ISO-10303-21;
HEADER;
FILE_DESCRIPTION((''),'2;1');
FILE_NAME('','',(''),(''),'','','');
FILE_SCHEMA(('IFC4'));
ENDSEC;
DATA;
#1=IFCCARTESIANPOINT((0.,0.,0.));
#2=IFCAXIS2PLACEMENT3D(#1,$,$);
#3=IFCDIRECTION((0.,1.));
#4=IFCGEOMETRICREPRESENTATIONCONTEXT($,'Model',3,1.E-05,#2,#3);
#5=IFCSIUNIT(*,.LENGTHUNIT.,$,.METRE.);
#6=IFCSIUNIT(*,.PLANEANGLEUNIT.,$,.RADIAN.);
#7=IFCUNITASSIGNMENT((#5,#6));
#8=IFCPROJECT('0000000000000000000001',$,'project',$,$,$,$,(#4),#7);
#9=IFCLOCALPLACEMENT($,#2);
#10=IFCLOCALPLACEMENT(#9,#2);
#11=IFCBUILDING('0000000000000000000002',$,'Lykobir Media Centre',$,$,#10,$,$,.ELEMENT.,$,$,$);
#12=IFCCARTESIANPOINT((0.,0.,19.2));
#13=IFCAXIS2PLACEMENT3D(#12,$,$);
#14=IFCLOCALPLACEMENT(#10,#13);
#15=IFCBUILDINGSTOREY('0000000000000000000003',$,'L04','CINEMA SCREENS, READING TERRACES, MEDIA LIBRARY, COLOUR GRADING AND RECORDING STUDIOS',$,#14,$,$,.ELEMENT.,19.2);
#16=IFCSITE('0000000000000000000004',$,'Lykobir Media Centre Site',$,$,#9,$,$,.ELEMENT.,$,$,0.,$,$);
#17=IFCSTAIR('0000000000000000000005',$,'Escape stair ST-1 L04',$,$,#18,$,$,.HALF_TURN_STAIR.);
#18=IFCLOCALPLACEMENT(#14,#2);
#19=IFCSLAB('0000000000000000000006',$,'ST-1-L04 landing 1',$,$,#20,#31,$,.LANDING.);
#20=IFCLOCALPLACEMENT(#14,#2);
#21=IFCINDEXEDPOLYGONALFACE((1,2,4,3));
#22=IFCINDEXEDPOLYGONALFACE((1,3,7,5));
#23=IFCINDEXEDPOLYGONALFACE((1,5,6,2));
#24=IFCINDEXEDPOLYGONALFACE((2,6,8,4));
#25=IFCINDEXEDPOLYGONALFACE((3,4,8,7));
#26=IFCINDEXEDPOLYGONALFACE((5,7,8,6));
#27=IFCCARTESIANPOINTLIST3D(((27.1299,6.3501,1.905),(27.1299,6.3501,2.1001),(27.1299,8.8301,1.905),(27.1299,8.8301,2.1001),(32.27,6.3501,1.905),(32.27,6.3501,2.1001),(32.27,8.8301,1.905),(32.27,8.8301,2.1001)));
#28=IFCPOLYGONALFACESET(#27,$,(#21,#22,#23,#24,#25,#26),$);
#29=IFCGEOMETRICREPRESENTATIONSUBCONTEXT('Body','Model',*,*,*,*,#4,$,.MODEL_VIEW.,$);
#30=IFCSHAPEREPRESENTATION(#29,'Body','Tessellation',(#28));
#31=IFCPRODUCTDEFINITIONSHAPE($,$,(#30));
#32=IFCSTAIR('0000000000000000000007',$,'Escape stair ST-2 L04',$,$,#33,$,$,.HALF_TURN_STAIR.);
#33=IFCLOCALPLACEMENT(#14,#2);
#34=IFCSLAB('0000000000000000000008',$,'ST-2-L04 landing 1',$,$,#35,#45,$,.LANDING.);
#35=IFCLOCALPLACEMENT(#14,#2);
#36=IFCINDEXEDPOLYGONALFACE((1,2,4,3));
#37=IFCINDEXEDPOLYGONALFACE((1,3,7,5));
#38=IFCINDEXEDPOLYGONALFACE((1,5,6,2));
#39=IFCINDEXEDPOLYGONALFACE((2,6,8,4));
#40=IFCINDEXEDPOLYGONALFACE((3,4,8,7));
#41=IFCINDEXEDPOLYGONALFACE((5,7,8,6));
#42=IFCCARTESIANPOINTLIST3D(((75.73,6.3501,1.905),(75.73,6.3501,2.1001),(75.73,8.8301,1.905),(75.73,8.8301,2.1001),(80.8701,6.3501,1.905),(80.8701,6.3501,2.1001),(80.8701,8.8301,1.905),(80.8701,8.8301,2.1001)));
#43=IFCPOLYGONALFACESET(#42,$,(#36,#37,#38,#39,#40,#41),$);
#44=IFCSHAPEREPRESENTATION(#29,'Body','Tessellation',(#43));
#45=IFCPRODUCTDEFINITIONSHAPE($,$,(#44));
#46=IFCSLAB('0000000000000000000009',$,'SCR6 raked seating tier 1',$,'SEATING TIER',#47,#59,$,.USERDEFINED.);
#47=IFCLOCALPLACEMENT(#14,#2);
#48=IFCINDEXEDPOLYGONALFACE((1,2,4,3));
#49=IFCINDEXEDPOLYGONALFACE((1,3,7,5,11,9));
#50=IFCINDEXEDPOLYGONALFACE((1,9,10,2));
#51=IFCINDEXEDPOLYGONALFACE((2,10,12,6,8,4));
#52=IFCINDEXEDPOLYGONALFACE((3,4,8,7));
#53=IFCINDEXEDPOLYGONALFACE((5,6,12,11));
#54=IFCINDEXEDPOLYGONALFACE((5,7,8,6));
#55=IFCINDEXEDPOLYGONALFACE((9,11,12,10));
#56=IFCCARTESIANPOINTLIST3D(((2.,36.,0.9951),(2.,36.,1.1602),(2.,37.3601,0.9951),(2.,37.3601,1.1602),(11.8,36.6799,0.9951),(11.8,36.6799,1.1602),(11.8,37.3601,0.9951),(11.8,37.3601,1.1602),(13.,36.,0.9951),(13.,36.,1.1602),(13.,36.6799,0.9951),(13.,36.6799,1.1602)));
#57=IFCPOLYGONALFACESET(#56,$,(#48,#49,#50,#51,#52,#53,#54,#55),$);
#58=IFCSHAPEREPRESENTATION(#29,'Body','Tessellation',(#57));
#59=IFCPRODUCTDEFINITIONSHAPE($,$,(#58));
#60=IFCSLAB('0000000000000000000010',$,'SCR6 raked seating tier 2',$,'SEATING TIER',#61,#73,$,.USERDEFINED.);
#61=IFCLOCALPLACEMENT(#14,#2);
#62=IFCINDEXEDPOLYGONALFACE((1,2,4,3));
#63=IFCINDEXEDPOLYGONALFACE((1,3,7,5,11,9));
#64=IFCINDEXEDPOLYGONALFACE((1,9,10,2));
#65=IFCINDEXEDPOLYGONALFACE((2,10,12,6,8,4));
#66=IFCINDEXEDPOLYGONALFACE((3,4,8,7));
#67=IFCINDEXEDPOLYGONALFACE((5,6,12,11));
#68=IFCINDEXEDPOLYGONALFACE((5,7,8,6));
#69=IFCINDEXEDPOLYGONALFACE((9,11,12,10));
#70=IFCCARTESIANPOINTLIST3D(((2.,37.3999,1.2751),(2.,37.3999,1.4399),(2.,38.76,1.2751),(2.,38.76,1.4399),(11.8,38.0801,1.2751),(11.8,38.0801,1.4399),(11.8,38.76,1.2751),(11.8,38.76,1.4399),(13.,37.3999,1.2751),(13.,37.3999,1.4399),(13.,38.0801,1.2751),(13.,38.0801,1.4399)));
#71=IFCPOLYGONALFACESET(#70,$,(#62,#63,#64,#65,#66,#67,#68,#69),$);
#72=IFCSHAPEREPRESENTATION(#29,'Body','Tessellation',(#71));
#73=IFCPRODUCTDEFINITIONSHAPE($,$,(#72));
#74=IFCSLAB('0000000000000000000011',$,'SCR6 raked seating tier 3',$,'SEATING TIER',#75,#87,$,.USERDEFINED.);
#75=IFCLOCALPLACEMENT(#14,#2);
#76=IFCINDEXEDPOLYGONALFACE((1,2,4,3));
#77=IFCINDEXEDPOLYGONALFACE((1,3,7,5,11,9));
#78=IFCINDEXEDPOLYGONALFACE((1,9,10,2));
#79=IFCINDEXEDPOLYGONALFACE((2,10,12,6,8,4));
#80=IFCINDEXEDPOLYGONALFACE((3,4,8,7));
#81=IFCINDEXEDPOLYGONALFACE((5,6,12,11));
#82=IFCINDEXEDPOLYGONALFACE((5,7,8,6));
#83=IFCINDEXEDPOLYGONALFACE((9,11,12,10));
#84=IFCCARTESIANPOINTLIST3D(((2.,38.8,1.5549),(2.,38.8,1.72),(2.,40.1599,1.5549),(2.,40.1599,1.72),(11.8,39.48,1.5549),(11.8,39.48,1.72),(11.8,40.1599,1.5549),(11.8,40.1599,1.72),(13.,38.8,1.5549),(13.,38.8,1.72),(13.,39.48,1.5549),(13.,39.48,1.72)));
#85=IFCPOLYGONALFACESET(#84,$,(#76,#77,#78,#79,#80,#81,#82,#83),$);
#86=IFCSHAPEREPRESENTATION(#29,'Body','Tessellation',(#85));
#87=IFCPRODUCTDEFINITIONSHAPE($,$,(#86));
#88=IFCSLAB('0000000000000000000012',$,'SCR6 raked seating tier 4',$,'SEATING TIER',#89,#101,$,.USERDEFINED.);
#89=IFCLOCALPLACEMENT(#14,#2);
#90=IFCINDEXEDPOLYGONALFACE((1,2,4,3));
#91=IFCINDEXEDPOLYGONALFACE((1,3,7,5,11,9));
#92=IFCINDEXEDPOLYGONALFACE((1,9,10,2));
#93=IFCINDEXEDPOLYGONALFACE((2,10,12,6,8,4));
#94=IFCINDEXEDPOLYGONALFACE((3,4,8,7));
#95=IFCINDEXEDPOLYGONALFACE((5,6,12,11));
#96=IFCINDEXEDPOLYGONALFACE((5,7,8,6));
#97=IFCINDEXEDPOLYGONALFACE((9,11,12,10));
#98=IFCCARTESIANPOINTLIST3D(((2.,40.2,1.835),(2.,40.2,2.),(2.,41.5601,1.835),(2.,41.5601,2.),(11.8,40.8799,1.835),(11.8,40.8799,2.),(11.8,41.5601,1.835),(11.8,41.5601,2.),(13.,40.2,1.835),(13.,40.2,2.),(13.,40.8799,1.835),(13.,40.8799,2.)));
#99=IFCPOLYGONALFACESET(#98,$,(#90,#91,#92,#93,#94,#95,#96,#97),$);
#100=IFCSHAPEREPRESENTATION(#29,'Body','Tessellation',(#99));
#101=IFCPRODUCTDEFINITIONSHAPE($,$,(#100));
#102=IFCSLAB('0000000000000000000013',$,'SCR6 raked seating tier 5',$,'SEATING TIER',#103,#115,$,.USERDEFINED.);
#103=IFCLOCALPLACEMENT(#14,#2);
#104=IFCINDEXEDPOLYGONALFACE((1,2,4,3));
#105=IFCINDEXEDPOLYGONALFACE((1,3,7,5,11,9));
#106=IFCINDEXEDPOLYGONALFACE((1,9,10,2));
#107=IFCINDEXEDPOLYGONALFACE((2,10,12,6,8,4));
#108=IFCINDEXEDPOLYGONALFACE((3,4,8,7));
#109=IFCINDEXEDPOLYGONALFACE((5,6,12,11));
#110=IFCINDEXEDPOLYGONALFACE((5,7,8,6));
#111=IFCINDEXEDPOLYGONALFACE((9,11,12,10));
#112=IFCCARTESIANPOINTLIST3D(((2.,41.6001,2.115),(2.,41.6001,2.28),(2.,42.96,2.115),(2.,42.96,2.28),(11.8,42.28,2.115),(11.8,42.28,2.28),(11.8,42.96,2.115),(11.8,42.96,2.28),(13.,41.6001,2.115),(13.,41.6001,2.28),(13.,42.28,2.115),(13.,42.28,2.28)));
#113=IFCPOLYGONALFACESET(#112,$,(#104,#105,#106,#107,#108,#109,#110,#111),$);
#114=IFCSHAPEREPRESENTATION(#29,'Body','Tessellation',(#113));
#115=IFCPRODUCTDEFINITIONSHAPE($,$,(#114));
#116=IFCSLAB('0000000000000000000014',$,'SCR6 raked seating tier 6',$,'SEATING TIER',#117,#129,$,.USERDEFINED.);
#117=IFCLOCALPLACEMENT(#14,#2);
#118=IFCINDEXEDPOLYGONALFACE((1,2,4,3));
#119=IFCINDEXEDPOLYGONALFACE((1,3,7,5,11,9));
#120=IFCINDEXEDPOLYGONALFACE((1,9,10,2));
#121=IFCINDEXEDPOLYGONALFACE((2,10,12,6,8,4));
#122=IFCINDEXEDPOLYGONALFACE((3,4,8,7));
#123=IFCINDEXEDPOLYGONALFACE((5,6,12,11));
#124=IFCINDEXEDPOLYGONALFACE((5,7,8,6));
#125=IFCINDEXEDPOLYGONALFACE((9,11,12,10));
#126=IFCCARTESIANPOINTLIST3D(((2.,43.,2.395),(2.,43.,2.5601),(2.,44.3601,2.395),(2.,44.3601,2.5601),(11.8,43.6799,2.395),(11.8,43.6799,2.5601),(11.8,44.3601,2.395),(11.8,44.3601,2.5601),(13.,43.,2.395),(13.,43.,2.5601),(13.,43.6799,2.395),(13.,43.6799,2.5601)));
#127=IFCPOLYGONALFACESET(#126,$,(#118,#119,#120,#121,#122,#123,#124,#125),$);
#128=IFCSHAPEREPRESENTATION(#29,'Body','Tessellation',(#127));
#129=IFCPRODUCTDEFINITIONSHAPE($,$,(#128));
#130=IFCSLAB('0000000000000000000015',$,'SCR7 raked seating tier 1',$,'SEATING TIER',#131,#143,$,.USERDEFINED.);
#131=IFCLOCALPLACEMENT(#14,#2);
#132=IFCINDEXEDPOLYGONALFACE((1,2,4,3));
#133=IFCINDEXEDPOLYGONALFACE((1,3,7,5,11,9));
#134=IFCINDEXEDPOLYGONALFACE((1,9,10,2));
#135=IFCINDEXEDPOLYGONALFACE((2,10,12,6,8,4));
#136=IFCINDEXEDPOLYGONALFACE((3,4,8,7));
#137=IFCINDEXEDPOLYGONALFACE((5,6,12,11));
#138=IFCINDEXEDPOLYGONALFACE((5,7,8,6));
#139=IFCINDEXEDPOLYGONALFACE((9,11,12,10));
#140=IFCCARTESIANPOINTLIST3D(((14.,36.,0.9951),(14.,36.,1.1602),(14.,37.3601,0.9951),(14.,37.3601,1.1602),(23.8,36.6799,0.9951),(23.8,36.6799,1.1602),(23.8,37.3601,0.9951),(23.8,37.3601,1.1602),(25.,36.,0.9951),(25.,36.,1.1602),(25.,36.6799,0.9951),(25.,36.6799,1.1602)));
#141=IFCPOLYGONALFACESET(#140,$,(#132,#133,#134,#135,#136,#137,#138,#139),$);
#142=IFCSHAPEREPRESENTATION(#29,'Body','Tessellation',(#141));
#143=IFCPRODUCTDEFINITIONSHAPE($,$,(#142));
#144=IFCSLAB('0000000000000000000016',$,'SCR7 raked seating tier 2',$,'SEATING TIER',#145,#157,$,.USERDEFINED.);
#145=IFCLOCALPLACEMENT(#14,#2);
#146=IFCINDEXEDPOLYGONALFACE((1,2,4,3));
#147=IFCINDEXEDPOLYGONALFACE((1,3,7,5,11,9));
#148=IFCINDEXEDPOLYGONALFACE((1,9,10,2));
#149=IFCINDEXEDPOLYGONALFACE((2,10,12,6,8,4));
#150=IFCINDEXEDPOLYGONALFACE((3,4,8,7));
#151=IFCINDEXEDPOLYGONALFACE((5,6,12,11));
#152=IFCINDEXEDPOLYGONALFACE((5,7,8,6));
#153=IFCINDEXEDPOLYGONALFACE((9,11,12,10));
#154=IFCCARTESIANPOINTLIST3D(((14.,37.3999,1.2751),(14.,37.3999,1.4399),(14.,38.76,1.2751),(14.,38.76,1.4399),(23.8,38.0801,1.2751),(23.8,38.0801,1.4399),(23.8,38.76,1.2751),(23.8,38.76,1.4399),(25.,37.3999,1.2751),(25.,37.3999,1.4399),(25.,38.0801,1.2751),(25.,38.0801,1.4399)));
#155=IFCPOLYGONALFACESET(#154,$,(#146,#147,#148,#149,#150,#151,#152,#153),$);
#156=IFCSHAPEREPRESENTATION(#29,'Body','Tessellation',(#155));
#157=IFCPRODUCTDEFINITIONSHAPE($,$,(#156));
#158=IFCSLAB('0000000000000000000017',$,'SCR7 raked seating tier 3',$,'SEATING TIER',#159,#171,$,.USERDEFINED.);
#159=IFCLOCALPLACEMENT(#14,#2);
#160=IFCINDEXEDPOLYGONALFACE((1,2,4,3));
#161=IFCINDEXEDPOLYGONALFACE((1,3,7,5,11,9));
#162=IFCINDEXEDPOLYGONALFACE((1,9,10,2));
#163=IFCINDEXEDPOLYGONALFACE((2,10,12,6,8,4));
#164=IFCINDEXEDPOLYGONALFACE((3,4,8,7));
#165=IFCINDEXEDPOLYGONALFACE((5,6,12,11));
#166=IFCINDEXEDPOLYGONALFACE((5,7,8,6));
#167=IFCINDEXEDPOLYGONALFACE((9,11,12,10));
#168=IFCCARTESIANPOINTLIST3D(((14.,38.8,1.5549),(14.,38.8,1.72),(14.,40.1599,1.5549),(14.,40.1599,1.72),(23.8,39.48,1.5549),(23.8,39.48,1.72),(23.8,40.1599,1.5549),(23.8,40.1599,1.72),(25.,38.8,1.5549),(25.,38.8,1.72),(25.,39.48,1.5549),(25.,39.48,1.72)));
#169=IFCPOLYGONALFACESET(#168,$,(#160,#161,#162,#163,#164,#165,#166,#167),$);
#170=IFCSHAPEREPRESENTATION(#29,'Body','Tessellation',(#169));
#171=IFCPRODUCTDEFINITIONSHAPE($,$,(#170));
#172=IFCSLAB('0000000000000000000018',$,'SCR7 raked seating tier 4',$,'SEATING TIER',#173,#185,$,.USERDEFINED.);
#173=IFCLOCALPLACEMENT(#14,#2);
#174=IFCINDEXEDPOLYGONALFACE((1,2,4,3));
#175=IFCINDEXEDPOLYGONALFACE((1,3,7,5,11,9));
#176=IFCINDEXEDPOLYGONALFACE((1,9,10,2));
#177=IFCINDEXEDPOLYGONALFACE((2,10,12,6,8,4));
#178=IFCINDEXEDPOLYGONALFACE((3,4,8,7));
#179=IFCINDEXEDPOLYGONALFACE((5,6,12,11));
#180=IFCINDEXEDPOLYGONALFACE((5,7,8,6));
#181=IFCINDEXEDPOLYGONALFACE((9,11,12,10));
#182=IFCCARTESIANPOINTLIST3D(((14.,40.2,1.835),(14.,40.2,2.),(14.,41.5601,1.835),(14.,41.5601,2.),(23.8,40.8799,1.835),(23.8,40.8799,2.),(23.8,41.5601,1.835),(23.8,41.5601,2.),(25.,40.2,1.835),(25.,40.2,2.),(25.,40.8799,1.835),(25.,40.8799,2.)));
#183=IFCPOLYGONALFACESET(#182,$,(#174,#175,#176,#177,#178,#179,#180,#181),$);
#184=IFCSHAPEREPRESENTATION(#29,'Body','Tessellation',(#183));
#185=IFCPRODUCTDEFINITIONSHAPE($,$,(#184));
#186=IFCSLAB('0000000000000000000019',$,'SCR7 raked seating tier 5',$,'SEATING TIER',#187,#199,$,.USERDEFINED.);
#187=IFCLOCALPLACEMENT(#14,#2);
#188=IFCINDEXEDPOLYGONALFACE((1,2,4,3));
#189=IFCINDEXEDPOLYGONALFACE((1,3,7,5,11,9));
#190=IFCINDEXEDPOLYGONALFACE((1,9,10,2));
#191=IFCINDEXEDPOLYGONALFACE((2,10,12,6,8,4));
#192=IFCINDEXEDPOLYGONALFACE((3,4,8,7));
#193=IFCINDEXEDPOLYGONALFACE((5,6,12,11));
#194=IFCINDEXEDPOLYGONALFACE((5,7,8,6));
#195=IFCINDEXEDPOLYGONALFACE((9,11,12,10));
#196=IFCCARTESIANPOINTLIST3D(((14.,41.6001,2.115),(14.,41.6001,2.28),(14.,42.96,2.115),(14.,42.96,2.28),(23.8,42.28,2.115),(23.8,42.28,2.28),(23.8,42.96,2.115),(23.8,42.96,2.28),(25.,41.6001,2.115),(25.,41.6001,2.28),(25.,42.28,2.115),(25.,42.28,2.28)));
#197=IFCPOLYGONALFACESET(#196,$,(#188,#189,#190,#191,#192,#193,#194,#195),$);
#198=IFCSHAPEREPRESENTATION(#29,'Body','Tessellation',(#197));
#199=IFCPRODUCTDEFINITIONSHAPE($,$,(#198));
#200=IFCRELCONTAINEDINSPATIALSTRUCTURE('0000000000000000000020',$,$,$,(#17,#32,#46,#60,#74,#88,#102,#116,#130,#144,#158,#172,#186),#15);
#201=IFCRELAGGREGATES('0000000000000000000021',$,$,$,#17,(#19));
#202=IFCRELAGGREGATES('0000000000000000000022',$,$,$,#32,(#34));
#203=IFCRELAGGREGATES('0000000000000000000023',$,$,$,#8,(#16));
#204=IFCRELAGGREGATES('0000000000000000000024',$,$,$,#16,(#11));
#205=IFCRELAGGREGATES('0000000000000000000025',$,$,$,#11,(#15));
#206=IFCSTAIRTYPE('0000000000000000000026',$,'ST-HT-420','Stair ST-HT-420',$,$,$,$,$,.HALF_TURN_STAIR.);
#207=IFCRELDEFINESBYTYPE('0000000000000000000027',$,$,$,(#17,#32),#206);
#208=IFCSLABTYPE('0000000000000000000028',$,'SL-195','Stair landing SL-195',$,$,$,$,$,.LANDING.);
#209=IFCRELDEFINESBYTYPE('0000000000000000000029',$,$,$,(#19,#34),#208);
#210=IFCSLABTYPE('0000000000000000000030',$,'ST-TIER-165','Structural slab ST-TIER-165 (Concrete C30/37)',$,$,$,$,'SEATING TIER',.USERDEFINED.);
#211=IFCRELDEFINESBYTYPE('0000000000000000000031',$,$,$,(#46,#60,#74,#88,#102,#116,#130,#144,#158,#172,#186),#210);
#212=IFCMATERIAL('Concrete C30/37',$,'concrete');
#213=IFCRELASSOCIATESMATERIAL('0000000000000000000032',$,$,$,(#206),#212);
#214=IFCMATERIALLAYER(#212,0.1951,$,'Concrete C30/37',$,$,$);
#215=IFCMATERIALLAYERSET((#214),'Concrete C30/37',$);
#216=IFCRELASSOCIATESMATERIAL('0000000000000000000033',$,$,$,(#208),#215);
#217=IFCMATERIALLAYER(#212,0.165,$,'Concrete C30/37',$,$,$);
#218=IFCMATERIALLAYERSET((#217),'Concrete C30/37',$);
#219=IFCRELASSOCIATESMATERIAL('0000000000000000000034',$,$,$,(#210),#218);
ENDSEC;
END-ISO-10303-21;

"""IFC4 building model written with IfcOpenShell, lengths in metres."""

from ifc_helpers import new_model, si_unit, direction, frame, origin, place, context, subcontext, project, spatial, polyline, outline, extrude, material, layer, layer_set, type_object, element, aggregate, save


model = new_model("IFC4")

# Units and contexts
model_context = context("Model", 3, precision=1e-05, world=origin(), true_north=direction((0.0, 1.0)))
body_context = subcontext(model_context, "Body", "Model", "MODEL_VIEW")
ifc_project = project(units=[si_unit("LENGTHUNIT", "METRE"), si_unit("PLANEANGLEUNIT", "RADIAN")], contexts=[model_context])

# Site, building, storey
site_placement = place(None, origin())
site = spatial("IfcSite", under=ifc_project, at=site_placement, Name="Lykobir Media Centre Site", CompositionType="ELEMENT", RefElevation=0.0)
building_placement = place(site_placement, origin())
building = spatial("IfcBuilding", under=site, at=building_placement, Name="Lykobir Media Centre", CompositionType="ELEMENT")
storey_placement = place(building_placement, frame((0.0, 0.0, 19.2)))
storey = spatial("IfcBuildingStorey", under=building, at=storey_placement, Name="L04", Description="CINEMA SCREENS, READING TERRACES, MEDIA LIBRARY, COLOUR GRADING AND RECORDING STUDIOS", CompositionType="ELEMENT", Elevation=19.2)

# Shared definitions
ifc_material = material(Name="Concrete C30/37", Category="concrete")

# Stairs, slabs
stair_type = type_object("IfcStairType", Name="ST-HT-420", Description="Stair ST-HT-420", PredefinedType="HALF_TURN_STAIR", material=ifc_material)
stair_1_placement = place(storey_placement, origin())
stair_1 = element("IfcStair", 1, at=stair_1_placement, inside=storey, type_object=stair_type, Name="Escape stair ST-1 L04", PredefinedType="HALF_TURN_STAIR")
ifc_layer_1 = layer(ifc_material, 0.1951, Name="Concrete C30/37")
ifc_layer_set_1 = layer_set([ifc_layer_1], Name="Concrete C30/37")
slab_type_1 = type_object("IfcSlabType", Name="SL-195", Description="Stair landing SL-195", PredefinedType="LANDING", material=ifc_layer_set_1)
slab_1_placement = place(storey_placement, frame((0.0, 0.0, 1.905)))
slab_1 = element("IfcSlab", 2, at=slab_1_placement, type_object=slab_type_1, Name="ST-1-L04 landing 1", PredefinedType="LANDING", context=body_context, shape_type="SweptSolid", body=[
    extrude(outline(polyline([(27.1299, 6.3501), (32.27, 6.3501), (32.27, 8.8301), (27.1299, 8.8301), (27.1299, 6.3501)])), origin(), (0.0, 0.0, 1.0), 0.1951),
])
aggregate(stair_1, [slab_1])
stair_2_placement = place(storey_placement, origin())
stair_2 = element("IfcStair", 3, at=stair_2_placement, inside=storey, type_object=stair_type, Name="Escape stair ST-2 L04", PredefinedType="HALF_TURN_STAIR")
slab_2_placement = place(storey_placement, frame((0.0, 0.0, 1.905)))
slab_2 = element("IfcSlab", 4, at=slab_2_placement, type_object=slab_type_1, Name="ST-2-L04 landing 1", PredefinedType="LANDING", context=body_context, shape_type="SweptSolid", body=[
    extrude(outline(polyline([(75.73, 6.3501), (80.8701, 6.3501), (80.8701, 8.8301), (75.73, 8.8301), (75.73, 6.3501)])), origin(), (0.0, 0.0, 1.0), 0.1951),
])
aggregate(stair_2, [slab_2])

# Slabs
ifc_layer_2 = layer(ifc_material, 0.165, Name="Concrete C30/37")
ifc_layer_set_2 = layer_set([ifc_layer_2], Name="Concrete C30/37")
slab_type_2 = type_object("IfcSlabType", Name="ST-TIER-165", Description="Structural slab ST-TIER-165 (Concrete C30/37)", ElementType="SEATING TIER", PredefinedType="USERDEFINED", material=ifc_layer_set_2)
slab_3_placement = place(storey_placement, frame((0.0, 0.0, 0.9951)))
element("IfcSlab", 5, at=slab_3_placement, inside=storey, type_object=slab_type_2, Name="SCR6 raked seating tier 1", ObjectType="SEATING TIER", PredefinedType="USERDEFINED", context=body_context, shape_type="SweptSolid", body=[
    extrude(outline(polyline([(2.0, 36.0), (13.0, 36.0), (13.0, 36.6799), (11.8, 36.6799), (11.8, 37.3601), (2.0, 37.3601), (2.0, 36.0)])), origin(), (0.0, 0.0, 1.0), 0.165),
])
slab_4_placement = place(storey_placement, frame((0.0, 0.0, 1.2751)))
element("IfcSlab", 6, at=slab_4_placement, inside=storey, type_object=slab_type_2, Name="SCR6 raked seating tier 2", ObjectType="SEATING TIER", PredefinedType="USERDEFINED", context=body_context, shape_type="SweptSolid", body=[
    extrude(outline(polyline([(2.0, 37.3999), (13.0, 37.3999), (13.0, 38.0801), (11.8, 38.0801), (11.8, 38.76), (2.0, 38.76), (2.0, 37.3999)])), origin(), (0.0, 0.0, 1.0), 0.1648),
])
slab_5_placement = place(storey_placement, frame((0.0, 0.0, 1.5549)))
element("IfcSlab", 7, at=slab_5_placement, inside=storey, type_object=slab_type_2, Name="SCR6 raked seating tier 3", ObjectType="SEATING TIER", PredefinedType="USERDEFINED", context=body_context, shape_type="SweptSolid", body=[
    extrude(outline(polyline([(2.0, 38.8), (13.0, 38.8), (13.0, 39.48), (11.8, 39.48), (11.8, 40.1599), (2.0, 40.1599), (2.0, 38.8)])), origin(), (0.0, 0.0, 1.0), 0.165),
])
slab_6_placement = place(storey_placement, frame((0.0, 0.0, 1.835)))
element("IfcSlab", 8, at=slab_6_placement, inside=storey, type_object=slab_type_2, Name="SCR6 raked seating tier 4", ObjectType="SEATING TIER", PredefinedType="USERDEFINED", context=body_context, shape_type="SweptSolid", body=[
    extrude(outline(polyline([(2.0, 40.2), (13.0, 40.2), (13.0, 40.8799), (11.8, 40.8799), (11.8, 41.5601), (2.0, 41.5601), (2.0, 40.2)])), origin(), (0.0, 0.0, 1.0), 0.165),
])
slab_7_placement = place(storey_placement, frame((0.0, 0.0, 2.115)))
element("IfcSlab", 9, at=slab_7_placement, inside=storey, type_object=slab_type_2, Name="SCR6 raked seating tier 5", ObjectType="SEATING TIER", PredefinedType="USERDEFINED", context=body_context, shape_type="SweptSolid", body=[
    extrude(outline(polyline([(2.0, 41.6001), (13.0, 41.6001), (13.0, 42.28), (11.8, 42.28), (11.8, 42.96), (2.0, 42.96), (2.0, 41.6001)])), origin(), (0.0, 0.0, 1.0), 0.165),
])
slab_8_placement = place(storey_placement, frame((0.0, 0.0, 2.395)))
element("IfcSlab", 10, at=slab_8_placement, inside=storey, type_object=slab_type_2, Name="SCR6 raked seating tier 6", ObjectType="SEATING TIER", PredefinedType="USERDEFINED", context=body_context, shape_type="SweptSolid", body=[
    extrude(outline(polyline([(2.0, 43.0), (13.0, 43.0), (13.0, 43.6799), (11.8, 43.6799), (11.8, 44.3601), (2.0, 44.3601), (2.0, 43.0)])), origin(), (0.0, 0.0, 1.0), 0.165),
])
slab_9_placement = place(storey_placement, frame((0.0, 0.0, 0.9951)))
element("IfcSlab", 11, at=slab_9_placement, inside=storey, type_object=slab_type_2, Name="SCR7 raked seating tier 1", ObjectType="SEATING TIER", PredefinedType="USERDEFINED", context=body_context, shape_type="SweptSolid", body=[
    extrude(outline(polyline([(14.0, 36.0), (25.0, 36.0), (25.0, 36.6799), (23.8, 36.6799), (23.8, 37.3601), (14.0, 37.3601), (14.0, 36.0)])), origin(), (0.0, 0.0, 1.0), 0.165),
])
slab_10_placement = place(storey_placement, frame((0.0, 0.0, 1.2751)))
element("IfcSlab", 12, at=slab_10_placement, inside=storey, type_object=slab_type_2, Name="SCR7 raked seating tier 2", ObjectType="SEATING TIER", PredefinedType="USERDEFINED", context=body_context, shape_type="SweptSolid", body=[
    extrude(outline(polyline([(14.0, 37.3999), (25.0, 37.3999), (25.0, 38.0801), (23.8, 38.0801), (23.8, 38.76), (14.0, 38.76), (14.0, 37.3999)])), origin(), (0.0, 0.0, 1.0), 0.1648),
])
slab_11_placement = place(storey_placement, frame((0.0, 0.0, 1.5549)))
element("IfcSlab", 13, at=slab_11_placement, inside=storey, type_object=slab_type_2, Name="SCR7 raked seating tier 3", ObjectType="SEATING TIER", PredefinedType="USERDEFINED", context=body_context, shape_type="SweptSolid", body=[
    extrude(outline(polyline([(14.0, 38.8), (25.0, 38.8), (25.0, 39.48), (23.8, 39.48), (23.8, 40.1599), (14.0, 40.1599), (14.0, 38.8)])), origin(), (0.0, 0.0, 1.0), 0.165),
])
slab_12_placement = place(storey_placement, frame((0.0, 0.0, 1.835)))
element("IfcSlab", 14, at=slab_12_placement, inside=storey, type_object=slab_type_2, Name="SCR7 raked seating tier 4", ObjectType="SEATING TIER", PredefinedType="USERDEFINED", context=body_context, shape_type="SweptSolid", body=[
    extrude(outline(polyline([(14.0, 40.2), (25.0, 40.2), (25.0, 40.8799), (23.8, 40.8799), (23.8, 41.5601), (14.0, 41.5601), (14.0, 40.2)])), origin(), (0.0, 0.0, 1.0), 0.165),
])
slab_13_placement = place(storey_placement, frame((0.0, 0.0, 2.115)))
element("IfcSlab", 15, at=slab_13_placement, inside=storey, type_object=slab_type_2, Name="SCR7 raked seating tier 5", ObjectType="SEATING TIER", PredefinedType="USERDEFINED", context=body_context, shape_type="SweptSolid", body=[
    extrude(outline(polyline([(14.0, 41.6001), (25.0, 41.6001), (25.0, 42.28), (23.8, 42.28), (23.8, 42.96), (14.0, 42.96), (14.0, 41.6001)])), origin(), (0.0, 0.0, 1.0), 0.165),
])

save(model, "model.ifc")
